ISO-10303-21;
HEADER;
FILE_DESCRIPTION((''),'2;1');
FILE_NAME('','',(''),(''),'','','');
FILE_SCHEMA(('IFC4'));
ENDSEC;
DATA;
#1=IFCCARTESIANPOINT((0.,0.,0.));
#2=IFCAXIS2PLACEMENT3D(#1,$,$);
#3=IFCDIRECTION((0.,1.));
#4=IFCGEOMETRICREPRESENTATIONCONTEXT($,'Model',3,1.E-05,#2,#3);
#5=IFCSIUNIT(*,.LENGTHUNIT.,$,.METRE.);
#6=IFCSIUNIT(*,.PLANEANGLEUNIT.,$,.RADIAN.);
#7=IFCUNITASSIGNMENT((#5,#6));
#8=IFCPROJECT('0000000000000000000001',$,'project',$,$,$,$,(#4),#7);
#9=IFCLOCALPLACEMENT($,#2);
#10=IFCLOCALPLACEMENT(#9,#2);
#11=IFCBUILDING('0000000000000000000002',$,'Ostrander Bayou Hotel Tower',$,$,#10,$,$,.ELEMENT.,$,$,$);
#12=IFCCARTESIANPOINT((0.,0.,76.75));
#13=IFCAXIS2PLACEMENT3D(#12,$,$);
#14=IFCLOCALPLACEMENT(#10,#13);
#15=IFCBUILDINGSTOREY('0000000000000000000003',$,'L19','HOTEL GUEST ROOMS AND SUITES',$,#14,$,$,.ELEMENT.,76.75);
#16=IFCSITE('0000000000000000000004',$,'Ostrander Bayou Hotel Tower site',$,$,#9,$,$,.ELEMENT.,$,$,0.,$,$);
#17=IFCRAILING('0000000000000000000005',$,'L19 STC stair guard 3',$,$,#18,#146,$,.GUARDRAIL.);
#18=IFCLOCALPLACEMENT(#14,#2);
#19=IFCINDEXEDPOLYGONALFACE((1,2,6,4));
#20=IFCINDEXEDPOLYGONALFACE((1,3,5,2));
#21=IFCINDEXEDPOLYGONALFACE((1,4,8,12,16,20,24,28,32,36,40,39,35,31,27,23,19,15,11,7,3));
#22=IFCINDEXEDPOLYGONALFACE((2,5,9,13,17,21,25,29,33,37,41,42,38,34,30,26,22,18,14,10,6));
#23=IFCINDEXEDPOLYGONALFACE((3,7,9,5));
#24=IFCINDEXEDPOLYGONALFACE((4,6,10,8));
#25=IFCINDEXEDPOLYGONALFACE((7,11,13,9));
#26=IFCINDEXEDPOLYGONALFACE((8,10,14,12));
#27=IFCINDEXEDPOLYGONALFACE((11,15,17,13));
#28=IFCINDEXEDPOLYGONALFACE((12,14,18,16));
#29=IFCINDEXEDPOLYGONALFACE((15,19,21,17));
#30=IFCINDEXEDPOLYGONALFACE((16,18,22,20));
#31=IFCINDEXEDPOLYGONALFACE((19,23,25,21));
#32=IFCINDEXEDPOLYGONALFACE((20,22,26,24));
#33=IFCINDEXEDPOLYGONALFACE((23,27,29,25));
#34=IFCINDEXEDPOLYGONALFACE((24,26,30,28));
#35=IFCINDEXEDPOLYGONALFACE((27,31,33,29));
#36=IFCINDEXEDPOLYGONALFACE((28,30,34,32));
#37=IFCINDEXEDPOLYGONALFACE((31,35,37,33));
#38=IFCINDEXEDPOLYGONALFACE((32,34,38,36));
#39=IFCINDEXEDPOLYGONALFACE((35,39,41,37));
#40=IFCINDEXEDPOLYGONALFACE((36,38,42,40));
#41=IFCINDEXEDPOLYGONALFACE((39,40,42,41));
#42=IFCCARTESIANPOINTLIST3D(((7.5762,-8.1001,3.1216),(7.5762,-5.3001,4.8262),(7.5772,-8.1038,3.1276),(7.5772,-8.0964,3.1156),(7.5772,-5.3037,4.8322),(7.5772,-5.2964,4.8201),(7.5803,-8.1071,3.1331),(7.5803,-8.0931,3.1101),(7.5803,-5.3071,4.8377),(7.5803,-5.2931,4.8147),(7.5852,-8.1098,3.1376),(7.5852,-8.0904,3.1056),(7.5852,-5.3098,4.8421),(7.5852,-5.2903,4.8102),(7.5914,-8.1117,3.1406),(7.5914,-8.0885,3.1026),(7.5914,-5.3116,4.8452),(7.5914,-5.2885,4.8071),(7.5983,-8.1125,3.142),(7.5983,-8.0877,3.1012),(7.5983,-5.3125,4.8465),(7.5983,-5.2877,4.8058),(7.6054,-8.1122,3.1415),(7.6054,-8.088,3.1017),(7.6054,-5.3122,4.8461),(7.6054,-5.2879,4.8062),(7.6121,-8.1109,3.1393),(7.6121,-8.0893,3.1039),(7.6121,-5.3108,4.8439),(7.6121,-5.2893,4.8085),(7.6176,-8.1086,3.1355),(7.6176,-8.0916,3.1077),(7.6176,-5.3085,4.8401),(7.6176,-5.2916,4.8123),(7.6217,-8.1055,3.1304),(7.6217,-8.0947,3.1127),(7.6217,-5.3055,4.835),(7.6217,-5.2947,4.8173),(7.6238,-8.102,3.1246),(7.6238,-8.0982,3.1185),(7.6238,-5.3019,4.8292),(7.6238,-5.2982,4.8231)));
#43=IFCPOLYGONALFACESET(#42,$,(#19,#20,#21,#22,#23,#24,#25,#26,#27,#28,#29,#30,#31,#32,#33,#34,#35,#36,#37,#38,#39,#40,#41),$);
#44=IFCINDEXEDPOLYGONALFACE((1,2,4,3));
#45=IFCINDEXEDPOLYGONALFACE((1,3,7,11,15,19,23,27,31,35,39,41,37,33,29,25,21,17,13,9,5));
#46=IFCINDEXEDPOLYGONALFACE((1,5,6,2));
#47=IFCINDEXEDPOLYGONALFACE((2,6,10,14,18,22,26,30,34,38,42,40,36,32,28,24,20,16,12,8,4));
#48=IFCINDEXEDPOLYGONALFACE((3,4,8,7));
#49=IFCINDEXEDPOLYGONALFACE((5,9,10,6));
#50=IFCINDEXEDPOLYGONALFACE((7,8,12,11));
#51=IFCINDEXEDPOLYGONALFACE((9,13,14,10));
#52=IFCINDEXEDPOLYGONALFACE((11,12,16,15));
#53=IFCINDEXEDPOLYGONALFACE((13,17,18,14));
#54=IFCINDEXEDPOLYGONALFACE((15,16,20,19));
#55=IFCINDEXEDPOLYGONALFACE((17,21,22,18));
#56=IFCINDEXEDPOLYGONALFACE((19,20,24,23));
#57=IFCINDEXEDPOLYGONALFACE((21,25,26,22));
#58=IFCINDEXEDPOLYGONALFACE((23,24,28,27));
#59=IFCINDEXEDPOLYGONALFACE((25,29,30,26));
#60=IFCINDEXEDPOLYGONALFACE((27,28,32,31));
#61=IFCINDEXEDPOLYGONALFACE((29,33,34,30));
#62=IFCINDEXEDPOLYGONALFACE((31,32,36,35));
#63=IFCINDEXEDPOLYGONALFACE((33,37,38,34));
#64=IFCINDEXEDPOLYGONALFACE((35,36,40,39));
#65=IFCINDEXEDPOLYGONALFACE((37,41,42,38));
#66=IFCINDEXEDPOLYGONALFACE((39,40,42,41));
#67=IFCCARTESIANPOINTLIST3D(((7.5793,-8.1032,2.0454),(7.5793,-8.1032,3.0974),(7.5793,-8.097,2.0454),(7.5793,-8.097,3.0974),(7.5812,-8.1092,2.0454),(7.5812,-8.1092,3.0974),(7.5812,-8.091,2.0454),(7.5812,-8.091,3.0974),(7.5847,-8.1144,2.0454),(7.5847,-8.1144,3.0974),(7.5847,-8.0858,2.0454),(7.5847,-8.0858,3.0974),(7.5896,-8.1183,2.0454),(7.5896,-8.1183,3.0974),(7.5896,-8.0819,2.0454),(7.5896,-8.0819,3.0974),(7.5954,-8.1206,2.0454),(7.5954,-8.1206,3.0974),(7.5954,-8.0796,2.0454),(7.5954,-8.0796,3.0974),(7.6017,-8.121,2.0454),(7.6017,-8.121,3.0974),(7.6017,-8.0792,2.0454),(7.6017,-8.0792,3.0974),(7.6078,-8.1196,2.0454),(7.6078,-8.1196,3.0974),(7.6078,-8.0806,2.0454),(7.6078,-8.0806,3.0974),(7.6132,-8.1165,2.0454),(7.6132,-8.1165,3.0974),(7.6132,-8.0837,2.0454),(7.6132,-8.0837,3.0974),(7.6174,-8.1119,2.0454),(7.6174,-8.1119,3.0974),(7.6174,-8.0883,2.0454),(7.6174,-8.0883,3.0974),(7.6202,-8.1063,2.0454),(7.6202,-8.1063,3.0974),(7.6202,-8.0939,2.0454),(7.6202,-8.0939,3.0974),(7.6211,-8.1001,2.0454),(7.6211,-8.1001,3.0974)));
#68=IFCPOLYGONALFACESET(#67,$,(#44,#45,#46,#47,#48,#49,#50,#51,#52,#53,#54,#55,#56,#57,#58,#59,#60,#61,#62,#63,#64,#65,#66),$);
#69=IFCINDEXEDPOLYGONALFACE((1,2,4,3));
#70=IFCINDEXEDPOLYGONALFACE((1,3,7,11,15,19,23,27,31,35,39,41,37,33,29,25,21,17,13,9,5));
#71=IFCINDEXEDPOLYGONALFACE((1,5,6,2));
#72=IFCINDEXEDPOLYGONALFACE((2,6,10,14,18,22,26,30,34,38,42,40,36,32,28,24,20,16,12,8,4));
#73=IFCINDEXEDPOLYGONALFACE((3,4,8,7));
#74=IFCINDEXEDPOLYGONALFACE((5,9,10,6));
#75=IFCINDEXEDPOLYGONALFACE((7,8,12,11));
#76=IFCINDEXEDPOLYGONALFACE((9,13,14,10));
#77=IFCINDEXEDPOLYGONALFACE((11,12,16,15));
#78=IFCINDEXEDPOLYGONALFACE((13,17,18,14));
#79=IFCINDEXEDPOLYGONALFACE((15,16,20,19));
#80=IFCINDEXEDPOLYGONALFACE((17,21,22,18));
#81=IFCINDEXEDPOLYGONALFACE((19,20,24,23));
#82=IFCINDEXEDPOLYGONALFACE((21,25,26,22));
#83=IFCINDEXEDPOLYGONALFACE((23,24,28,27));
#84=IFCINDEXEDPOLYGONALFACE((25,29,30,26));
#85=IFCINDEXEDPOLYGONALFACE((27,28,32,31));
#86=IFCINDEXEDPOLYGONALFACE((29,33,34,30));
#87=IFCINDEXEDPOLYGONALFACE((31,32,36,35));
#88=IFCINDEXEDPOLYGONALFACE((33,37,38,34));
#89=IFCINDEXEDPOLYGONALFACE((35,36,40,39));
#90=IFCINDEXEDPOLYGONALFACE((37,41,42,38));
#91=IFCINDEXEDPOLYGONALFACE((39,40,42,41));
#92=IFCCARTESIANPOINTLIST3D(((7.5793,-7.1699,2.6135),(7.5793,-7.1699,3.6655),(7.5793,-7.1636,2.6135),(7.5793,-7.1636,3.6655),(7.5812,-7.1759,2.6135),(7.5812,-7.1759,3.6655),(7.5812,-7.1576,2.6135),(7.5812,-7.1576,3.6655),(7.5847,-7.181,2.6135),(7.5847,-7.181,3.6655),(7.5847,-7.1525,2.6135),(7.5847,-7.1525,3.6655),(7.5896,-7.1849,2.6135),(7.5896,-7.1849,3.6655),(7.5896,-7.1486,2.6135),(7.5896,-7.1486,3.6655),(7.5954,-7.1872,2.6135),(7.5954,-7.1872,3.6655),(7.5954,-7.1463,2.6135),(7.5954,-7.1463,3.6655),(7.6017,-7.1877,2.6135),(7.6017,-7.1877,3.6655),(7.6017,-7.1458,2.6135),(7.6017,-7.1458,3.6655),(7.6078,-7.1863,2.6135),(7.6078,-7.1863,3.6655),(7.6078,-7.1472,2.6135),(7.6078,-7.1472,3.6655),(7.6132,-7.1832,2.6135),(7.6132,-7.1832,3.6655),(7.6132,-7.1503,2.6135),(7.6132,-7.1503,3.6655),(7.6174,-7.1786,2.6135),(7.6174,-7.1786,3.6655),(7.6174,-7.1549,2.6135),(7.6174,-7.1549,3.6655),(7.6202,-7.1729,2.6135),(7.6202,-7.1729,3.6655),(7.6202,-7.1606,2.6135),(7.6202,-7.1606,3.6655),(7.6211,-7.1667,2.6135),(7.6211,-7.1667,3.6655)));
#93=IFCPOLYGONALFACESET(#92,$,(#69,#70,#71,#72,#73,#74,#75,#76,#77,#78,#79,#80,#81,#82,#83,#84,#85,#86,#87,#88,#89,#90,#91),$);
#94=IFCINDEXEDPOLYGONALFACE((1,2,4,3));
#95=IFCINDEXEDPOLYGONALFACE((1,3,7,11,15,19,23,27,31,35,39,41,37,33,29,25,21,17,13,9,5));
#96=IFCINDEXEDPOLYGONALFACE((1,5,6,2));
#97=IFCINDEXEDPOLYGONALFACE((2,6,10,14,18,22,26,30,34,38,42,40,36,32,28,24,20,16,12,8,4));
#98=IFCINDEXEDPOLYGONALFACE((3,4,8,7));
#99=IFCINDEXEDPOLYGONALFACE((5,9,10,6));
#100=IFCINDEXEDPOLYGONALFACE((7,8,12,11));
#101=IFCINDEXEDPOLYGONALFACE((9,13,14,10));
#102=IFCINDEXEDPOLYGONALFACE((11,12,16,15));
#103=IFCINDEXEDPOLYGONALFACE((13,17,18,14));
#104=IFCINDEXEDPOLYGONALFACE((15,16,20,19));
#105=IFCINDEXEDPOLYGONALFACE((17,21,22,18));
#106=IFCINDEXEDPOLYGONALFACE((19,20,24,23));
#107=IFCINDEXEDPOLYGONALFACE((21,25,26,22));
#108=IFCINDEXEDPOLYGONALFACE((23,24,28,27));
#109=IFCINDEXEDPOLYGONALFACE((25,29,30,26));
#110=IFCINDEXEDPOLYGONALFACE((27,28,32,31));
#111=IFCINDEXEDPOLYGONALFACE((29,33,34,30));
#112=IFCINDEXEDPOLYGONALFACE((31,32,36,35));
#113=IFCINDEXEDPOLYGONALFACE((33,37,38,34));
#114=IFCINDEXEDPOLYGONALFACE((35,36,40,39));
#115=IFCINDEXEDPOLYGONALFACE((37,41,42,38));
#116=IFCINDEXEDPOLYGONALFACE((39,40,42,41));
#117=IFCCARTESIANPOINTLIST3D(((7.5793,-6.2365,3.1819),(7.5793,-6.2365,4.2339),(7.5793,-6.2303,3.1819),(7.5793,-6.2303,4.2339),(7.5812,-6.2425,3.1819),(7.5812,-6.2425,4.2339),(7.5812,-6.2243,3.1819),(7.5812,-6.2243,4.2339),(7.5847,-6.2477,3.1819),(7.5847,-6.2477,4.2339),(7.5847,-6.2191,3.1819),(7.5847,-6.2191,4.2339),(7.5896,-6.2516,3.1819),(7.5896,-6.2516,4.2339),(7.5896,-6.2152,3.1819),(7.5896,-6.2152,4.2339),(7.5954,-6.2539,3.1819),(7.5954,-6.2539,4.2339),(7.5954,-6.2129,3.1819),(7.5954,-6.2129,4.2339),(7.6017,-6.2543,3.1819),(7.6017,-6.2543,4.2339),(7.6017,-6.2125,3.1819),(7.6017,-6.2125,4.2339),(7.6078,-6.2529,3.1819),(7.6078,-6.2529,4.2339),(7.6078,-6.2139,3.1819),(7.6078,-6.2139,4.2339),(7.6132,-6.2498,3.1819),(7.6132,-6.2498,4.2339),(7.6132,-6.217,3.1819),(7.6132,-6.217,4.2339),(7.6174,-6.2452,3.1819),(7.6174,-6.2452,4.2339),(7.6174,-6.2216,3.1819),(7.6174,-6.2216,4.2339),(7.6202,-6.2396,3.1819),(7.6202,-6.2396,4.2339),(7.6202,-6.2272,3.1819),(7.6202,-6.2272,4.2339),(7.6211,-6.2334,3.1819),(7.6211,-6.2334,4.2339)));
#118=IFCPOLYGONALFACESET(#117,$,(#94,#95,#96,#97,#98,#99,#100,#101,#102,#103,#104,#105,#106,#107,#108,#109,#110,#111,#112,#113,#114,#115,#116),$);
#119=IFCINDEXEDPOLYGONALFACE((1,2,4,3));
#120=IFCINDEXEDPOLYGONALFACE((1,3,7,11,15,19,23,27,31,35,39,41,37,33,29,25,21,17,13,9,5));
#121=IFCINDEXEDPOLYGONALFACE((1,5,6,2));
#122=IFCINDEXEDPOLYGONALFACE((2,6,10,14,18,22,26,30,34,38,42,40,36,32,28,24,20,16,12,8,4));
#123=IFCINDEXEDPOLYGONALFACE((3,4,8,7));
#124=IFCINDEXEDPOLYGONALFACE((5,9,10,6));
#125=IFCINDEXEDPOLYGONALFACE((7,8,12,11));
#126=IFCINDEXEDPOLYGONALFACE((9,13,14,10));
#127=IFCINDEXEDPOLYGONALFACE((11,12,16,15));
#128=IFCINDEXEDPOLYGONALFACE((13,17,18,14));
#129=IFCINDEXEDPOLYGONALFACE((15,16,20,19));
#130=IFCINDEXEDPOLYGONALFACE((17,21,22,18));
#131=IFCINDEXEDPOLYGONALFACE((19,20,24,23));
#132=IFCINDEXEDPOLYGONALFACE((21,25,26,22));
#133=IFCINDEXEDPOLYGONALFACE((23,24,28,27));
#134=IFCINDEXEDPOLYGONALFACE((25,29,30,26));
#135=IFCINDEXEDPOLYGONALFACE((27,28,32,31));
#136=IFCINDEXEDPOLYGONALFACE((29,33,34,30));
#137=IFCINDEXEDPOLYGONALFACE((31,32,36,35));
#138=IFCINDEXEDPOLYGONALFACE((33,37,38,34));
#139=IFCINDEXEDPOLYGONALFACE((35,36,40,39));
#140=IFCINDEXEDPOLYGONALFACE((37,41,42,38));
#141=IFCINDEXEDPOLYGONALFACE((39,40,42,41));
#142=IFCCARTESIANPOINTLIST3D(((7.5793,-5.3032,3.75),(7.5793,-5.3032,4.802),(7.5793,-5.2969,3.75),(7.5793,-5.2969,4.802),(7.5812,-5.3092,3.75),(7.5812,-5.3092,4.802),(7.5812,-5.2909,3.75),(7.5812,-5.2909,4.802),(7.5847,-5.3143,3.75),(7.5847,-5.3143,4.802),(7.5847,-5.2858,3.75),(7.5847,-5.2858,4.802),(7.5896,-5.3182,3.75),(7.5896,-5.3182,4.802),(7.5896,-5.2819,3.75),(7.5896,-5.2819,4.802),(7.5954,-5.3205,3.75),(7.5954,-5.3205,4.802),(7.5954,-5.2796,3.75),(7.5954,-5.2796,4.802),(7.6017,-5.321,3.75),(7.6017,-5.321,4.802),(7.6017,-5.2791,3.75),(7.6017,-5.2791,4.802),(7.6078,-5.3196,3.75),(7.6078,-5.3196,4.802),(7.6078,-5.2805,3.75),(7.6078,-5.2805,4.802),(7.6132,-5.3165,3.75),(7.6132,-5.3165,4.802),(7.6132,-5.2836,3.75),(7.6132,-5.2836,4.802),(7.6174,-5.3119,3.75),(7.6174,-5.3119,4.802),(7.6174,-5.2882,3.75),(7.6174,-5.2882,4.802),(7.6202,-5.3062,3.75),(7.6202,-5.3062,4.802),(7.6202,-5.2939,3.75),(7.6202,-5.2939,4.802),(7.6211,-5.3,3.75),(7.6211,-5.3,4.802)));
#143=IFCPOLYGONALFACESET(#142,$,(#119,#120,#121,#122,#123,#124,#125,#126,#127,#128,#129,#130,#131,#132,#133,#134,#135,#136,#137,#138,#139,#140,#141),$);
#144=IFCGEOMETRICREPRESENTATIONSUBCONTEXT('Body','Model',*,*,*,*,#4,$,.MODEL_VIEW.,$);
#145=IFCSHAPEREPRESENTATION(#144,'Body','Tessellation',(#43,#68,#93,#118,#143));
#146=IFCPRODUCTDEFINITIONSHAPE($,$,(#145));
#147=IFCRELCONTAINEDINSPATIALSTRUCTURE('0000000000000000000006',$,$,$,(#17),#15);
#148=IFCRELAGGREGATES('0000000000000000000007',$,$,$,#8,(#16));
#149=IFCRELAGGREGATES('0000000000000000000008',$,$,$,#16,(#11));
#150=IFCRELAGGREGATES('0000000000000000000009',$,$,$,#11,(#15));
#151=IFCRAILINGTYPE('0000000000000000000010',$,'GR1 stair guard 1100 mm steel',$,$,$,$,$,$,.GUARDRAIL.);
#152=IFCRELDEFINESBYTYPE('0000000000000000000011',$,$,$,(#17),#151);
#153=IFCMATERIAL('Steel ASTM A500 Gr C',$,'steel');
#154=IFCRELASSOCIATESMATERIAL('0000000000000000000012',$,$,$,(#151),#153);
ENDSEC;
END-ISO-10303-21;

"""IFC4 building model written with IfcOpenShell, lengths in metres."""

from ifc_helpers import new_model, si_unit, direction, frame, origin, origin_2d, place, context, subcontext, project, spatial, circle, extrude, material, type_object, element, save


model = new_model("IFC4")

# Units and contexts
model_context = context("Model", 3, precision=1e-05, world=origin(), true_north=direction((0.0, 1.0)))
body_context = subcontext(model_context, "Body", "Model", "MODEL_VIEW")
ifc_project = project(units=[si_unit("LENGTHUNIT", "METRE"), si_unit("PLANEANGLEUNIT", "RADIAN")], contexts=[model_context])

# Site, building, storey
site_placement = place(None, origin())
site = spatial("IfcSite", under=ifc_project, at=site_placement, Name="Ostrander Bayou Hotel Tower site", CompositionType="ELEMENT", RefElevation=0.0)
building_placement = place(site_placement, origin())
building = spatial("IfcBuilding", under=site, at=building_placement, Name="Ostrander Bayou Hotel Tower", CompositionType="ELEMENT")
storey_placement = place(building_placement, frame((0.0, 0.0, 76.75)))
storey = spatial("IfcBuildingStorey", under=building, at=storey_placement, Name="L19", Description="HOTEL GUEST ROOMS AND SUITES", CompositionType="ELEMENT", Elevation=76.75)

# Railing
ifc_material_1 = material(Name="Steel ASTM A500 Gr C", Category="steel")
railing_type_1 = type_object("IfcRailingType", Name="GR1 stair guard 1100 mm steel", PredefinedType="GUARDRAIL", material=ifc_material_1)
railing_1_placement = place(storey_placement, frame((7.6001, -8.1001, 2.0454)))
element("IfcRailing", 1, at=railing_1_placement, inside=storey, type_object=railing_type_1, Name="L19 STC stair guard 3", PredefinedType="GUARDRAIL", context=body_context, shape_type="SweptSolid", body=[
    extrude(circle(Radius=0.0239, at=origin_2d()), frame((0.0, 0.0, 1.0762), z_axis=(0.0, 0.85417, 0.519994), x_axis=(-1.0, 0.0, 0.0)), (0.0, 0.0, 1.0), 3.2781),
    extrude(circle(Radius=0.021, at=origin_2d()), origin(), (0.0, 0.0, 1.0), 1.052),
    extrude(circle(Radius=0.021, at=origin_2d()), frame((0.0, 0.9333, 0.5681)), (0.0, 0.0, 1.0), 1.052),
    extrude(circle(Radius=0.021, at=origin_2d()), frame((0.0, 1.8667, 1.1365)), (0.0, 0.0, 1.0), 1.052),
    extrude(circle(Radius=0.021, at=origin_2d()), frame((0.0, 2.8, 1.7046)), (0.0, 0.0, 1.0), 1.052),
])

save(model, "model.ifc")
